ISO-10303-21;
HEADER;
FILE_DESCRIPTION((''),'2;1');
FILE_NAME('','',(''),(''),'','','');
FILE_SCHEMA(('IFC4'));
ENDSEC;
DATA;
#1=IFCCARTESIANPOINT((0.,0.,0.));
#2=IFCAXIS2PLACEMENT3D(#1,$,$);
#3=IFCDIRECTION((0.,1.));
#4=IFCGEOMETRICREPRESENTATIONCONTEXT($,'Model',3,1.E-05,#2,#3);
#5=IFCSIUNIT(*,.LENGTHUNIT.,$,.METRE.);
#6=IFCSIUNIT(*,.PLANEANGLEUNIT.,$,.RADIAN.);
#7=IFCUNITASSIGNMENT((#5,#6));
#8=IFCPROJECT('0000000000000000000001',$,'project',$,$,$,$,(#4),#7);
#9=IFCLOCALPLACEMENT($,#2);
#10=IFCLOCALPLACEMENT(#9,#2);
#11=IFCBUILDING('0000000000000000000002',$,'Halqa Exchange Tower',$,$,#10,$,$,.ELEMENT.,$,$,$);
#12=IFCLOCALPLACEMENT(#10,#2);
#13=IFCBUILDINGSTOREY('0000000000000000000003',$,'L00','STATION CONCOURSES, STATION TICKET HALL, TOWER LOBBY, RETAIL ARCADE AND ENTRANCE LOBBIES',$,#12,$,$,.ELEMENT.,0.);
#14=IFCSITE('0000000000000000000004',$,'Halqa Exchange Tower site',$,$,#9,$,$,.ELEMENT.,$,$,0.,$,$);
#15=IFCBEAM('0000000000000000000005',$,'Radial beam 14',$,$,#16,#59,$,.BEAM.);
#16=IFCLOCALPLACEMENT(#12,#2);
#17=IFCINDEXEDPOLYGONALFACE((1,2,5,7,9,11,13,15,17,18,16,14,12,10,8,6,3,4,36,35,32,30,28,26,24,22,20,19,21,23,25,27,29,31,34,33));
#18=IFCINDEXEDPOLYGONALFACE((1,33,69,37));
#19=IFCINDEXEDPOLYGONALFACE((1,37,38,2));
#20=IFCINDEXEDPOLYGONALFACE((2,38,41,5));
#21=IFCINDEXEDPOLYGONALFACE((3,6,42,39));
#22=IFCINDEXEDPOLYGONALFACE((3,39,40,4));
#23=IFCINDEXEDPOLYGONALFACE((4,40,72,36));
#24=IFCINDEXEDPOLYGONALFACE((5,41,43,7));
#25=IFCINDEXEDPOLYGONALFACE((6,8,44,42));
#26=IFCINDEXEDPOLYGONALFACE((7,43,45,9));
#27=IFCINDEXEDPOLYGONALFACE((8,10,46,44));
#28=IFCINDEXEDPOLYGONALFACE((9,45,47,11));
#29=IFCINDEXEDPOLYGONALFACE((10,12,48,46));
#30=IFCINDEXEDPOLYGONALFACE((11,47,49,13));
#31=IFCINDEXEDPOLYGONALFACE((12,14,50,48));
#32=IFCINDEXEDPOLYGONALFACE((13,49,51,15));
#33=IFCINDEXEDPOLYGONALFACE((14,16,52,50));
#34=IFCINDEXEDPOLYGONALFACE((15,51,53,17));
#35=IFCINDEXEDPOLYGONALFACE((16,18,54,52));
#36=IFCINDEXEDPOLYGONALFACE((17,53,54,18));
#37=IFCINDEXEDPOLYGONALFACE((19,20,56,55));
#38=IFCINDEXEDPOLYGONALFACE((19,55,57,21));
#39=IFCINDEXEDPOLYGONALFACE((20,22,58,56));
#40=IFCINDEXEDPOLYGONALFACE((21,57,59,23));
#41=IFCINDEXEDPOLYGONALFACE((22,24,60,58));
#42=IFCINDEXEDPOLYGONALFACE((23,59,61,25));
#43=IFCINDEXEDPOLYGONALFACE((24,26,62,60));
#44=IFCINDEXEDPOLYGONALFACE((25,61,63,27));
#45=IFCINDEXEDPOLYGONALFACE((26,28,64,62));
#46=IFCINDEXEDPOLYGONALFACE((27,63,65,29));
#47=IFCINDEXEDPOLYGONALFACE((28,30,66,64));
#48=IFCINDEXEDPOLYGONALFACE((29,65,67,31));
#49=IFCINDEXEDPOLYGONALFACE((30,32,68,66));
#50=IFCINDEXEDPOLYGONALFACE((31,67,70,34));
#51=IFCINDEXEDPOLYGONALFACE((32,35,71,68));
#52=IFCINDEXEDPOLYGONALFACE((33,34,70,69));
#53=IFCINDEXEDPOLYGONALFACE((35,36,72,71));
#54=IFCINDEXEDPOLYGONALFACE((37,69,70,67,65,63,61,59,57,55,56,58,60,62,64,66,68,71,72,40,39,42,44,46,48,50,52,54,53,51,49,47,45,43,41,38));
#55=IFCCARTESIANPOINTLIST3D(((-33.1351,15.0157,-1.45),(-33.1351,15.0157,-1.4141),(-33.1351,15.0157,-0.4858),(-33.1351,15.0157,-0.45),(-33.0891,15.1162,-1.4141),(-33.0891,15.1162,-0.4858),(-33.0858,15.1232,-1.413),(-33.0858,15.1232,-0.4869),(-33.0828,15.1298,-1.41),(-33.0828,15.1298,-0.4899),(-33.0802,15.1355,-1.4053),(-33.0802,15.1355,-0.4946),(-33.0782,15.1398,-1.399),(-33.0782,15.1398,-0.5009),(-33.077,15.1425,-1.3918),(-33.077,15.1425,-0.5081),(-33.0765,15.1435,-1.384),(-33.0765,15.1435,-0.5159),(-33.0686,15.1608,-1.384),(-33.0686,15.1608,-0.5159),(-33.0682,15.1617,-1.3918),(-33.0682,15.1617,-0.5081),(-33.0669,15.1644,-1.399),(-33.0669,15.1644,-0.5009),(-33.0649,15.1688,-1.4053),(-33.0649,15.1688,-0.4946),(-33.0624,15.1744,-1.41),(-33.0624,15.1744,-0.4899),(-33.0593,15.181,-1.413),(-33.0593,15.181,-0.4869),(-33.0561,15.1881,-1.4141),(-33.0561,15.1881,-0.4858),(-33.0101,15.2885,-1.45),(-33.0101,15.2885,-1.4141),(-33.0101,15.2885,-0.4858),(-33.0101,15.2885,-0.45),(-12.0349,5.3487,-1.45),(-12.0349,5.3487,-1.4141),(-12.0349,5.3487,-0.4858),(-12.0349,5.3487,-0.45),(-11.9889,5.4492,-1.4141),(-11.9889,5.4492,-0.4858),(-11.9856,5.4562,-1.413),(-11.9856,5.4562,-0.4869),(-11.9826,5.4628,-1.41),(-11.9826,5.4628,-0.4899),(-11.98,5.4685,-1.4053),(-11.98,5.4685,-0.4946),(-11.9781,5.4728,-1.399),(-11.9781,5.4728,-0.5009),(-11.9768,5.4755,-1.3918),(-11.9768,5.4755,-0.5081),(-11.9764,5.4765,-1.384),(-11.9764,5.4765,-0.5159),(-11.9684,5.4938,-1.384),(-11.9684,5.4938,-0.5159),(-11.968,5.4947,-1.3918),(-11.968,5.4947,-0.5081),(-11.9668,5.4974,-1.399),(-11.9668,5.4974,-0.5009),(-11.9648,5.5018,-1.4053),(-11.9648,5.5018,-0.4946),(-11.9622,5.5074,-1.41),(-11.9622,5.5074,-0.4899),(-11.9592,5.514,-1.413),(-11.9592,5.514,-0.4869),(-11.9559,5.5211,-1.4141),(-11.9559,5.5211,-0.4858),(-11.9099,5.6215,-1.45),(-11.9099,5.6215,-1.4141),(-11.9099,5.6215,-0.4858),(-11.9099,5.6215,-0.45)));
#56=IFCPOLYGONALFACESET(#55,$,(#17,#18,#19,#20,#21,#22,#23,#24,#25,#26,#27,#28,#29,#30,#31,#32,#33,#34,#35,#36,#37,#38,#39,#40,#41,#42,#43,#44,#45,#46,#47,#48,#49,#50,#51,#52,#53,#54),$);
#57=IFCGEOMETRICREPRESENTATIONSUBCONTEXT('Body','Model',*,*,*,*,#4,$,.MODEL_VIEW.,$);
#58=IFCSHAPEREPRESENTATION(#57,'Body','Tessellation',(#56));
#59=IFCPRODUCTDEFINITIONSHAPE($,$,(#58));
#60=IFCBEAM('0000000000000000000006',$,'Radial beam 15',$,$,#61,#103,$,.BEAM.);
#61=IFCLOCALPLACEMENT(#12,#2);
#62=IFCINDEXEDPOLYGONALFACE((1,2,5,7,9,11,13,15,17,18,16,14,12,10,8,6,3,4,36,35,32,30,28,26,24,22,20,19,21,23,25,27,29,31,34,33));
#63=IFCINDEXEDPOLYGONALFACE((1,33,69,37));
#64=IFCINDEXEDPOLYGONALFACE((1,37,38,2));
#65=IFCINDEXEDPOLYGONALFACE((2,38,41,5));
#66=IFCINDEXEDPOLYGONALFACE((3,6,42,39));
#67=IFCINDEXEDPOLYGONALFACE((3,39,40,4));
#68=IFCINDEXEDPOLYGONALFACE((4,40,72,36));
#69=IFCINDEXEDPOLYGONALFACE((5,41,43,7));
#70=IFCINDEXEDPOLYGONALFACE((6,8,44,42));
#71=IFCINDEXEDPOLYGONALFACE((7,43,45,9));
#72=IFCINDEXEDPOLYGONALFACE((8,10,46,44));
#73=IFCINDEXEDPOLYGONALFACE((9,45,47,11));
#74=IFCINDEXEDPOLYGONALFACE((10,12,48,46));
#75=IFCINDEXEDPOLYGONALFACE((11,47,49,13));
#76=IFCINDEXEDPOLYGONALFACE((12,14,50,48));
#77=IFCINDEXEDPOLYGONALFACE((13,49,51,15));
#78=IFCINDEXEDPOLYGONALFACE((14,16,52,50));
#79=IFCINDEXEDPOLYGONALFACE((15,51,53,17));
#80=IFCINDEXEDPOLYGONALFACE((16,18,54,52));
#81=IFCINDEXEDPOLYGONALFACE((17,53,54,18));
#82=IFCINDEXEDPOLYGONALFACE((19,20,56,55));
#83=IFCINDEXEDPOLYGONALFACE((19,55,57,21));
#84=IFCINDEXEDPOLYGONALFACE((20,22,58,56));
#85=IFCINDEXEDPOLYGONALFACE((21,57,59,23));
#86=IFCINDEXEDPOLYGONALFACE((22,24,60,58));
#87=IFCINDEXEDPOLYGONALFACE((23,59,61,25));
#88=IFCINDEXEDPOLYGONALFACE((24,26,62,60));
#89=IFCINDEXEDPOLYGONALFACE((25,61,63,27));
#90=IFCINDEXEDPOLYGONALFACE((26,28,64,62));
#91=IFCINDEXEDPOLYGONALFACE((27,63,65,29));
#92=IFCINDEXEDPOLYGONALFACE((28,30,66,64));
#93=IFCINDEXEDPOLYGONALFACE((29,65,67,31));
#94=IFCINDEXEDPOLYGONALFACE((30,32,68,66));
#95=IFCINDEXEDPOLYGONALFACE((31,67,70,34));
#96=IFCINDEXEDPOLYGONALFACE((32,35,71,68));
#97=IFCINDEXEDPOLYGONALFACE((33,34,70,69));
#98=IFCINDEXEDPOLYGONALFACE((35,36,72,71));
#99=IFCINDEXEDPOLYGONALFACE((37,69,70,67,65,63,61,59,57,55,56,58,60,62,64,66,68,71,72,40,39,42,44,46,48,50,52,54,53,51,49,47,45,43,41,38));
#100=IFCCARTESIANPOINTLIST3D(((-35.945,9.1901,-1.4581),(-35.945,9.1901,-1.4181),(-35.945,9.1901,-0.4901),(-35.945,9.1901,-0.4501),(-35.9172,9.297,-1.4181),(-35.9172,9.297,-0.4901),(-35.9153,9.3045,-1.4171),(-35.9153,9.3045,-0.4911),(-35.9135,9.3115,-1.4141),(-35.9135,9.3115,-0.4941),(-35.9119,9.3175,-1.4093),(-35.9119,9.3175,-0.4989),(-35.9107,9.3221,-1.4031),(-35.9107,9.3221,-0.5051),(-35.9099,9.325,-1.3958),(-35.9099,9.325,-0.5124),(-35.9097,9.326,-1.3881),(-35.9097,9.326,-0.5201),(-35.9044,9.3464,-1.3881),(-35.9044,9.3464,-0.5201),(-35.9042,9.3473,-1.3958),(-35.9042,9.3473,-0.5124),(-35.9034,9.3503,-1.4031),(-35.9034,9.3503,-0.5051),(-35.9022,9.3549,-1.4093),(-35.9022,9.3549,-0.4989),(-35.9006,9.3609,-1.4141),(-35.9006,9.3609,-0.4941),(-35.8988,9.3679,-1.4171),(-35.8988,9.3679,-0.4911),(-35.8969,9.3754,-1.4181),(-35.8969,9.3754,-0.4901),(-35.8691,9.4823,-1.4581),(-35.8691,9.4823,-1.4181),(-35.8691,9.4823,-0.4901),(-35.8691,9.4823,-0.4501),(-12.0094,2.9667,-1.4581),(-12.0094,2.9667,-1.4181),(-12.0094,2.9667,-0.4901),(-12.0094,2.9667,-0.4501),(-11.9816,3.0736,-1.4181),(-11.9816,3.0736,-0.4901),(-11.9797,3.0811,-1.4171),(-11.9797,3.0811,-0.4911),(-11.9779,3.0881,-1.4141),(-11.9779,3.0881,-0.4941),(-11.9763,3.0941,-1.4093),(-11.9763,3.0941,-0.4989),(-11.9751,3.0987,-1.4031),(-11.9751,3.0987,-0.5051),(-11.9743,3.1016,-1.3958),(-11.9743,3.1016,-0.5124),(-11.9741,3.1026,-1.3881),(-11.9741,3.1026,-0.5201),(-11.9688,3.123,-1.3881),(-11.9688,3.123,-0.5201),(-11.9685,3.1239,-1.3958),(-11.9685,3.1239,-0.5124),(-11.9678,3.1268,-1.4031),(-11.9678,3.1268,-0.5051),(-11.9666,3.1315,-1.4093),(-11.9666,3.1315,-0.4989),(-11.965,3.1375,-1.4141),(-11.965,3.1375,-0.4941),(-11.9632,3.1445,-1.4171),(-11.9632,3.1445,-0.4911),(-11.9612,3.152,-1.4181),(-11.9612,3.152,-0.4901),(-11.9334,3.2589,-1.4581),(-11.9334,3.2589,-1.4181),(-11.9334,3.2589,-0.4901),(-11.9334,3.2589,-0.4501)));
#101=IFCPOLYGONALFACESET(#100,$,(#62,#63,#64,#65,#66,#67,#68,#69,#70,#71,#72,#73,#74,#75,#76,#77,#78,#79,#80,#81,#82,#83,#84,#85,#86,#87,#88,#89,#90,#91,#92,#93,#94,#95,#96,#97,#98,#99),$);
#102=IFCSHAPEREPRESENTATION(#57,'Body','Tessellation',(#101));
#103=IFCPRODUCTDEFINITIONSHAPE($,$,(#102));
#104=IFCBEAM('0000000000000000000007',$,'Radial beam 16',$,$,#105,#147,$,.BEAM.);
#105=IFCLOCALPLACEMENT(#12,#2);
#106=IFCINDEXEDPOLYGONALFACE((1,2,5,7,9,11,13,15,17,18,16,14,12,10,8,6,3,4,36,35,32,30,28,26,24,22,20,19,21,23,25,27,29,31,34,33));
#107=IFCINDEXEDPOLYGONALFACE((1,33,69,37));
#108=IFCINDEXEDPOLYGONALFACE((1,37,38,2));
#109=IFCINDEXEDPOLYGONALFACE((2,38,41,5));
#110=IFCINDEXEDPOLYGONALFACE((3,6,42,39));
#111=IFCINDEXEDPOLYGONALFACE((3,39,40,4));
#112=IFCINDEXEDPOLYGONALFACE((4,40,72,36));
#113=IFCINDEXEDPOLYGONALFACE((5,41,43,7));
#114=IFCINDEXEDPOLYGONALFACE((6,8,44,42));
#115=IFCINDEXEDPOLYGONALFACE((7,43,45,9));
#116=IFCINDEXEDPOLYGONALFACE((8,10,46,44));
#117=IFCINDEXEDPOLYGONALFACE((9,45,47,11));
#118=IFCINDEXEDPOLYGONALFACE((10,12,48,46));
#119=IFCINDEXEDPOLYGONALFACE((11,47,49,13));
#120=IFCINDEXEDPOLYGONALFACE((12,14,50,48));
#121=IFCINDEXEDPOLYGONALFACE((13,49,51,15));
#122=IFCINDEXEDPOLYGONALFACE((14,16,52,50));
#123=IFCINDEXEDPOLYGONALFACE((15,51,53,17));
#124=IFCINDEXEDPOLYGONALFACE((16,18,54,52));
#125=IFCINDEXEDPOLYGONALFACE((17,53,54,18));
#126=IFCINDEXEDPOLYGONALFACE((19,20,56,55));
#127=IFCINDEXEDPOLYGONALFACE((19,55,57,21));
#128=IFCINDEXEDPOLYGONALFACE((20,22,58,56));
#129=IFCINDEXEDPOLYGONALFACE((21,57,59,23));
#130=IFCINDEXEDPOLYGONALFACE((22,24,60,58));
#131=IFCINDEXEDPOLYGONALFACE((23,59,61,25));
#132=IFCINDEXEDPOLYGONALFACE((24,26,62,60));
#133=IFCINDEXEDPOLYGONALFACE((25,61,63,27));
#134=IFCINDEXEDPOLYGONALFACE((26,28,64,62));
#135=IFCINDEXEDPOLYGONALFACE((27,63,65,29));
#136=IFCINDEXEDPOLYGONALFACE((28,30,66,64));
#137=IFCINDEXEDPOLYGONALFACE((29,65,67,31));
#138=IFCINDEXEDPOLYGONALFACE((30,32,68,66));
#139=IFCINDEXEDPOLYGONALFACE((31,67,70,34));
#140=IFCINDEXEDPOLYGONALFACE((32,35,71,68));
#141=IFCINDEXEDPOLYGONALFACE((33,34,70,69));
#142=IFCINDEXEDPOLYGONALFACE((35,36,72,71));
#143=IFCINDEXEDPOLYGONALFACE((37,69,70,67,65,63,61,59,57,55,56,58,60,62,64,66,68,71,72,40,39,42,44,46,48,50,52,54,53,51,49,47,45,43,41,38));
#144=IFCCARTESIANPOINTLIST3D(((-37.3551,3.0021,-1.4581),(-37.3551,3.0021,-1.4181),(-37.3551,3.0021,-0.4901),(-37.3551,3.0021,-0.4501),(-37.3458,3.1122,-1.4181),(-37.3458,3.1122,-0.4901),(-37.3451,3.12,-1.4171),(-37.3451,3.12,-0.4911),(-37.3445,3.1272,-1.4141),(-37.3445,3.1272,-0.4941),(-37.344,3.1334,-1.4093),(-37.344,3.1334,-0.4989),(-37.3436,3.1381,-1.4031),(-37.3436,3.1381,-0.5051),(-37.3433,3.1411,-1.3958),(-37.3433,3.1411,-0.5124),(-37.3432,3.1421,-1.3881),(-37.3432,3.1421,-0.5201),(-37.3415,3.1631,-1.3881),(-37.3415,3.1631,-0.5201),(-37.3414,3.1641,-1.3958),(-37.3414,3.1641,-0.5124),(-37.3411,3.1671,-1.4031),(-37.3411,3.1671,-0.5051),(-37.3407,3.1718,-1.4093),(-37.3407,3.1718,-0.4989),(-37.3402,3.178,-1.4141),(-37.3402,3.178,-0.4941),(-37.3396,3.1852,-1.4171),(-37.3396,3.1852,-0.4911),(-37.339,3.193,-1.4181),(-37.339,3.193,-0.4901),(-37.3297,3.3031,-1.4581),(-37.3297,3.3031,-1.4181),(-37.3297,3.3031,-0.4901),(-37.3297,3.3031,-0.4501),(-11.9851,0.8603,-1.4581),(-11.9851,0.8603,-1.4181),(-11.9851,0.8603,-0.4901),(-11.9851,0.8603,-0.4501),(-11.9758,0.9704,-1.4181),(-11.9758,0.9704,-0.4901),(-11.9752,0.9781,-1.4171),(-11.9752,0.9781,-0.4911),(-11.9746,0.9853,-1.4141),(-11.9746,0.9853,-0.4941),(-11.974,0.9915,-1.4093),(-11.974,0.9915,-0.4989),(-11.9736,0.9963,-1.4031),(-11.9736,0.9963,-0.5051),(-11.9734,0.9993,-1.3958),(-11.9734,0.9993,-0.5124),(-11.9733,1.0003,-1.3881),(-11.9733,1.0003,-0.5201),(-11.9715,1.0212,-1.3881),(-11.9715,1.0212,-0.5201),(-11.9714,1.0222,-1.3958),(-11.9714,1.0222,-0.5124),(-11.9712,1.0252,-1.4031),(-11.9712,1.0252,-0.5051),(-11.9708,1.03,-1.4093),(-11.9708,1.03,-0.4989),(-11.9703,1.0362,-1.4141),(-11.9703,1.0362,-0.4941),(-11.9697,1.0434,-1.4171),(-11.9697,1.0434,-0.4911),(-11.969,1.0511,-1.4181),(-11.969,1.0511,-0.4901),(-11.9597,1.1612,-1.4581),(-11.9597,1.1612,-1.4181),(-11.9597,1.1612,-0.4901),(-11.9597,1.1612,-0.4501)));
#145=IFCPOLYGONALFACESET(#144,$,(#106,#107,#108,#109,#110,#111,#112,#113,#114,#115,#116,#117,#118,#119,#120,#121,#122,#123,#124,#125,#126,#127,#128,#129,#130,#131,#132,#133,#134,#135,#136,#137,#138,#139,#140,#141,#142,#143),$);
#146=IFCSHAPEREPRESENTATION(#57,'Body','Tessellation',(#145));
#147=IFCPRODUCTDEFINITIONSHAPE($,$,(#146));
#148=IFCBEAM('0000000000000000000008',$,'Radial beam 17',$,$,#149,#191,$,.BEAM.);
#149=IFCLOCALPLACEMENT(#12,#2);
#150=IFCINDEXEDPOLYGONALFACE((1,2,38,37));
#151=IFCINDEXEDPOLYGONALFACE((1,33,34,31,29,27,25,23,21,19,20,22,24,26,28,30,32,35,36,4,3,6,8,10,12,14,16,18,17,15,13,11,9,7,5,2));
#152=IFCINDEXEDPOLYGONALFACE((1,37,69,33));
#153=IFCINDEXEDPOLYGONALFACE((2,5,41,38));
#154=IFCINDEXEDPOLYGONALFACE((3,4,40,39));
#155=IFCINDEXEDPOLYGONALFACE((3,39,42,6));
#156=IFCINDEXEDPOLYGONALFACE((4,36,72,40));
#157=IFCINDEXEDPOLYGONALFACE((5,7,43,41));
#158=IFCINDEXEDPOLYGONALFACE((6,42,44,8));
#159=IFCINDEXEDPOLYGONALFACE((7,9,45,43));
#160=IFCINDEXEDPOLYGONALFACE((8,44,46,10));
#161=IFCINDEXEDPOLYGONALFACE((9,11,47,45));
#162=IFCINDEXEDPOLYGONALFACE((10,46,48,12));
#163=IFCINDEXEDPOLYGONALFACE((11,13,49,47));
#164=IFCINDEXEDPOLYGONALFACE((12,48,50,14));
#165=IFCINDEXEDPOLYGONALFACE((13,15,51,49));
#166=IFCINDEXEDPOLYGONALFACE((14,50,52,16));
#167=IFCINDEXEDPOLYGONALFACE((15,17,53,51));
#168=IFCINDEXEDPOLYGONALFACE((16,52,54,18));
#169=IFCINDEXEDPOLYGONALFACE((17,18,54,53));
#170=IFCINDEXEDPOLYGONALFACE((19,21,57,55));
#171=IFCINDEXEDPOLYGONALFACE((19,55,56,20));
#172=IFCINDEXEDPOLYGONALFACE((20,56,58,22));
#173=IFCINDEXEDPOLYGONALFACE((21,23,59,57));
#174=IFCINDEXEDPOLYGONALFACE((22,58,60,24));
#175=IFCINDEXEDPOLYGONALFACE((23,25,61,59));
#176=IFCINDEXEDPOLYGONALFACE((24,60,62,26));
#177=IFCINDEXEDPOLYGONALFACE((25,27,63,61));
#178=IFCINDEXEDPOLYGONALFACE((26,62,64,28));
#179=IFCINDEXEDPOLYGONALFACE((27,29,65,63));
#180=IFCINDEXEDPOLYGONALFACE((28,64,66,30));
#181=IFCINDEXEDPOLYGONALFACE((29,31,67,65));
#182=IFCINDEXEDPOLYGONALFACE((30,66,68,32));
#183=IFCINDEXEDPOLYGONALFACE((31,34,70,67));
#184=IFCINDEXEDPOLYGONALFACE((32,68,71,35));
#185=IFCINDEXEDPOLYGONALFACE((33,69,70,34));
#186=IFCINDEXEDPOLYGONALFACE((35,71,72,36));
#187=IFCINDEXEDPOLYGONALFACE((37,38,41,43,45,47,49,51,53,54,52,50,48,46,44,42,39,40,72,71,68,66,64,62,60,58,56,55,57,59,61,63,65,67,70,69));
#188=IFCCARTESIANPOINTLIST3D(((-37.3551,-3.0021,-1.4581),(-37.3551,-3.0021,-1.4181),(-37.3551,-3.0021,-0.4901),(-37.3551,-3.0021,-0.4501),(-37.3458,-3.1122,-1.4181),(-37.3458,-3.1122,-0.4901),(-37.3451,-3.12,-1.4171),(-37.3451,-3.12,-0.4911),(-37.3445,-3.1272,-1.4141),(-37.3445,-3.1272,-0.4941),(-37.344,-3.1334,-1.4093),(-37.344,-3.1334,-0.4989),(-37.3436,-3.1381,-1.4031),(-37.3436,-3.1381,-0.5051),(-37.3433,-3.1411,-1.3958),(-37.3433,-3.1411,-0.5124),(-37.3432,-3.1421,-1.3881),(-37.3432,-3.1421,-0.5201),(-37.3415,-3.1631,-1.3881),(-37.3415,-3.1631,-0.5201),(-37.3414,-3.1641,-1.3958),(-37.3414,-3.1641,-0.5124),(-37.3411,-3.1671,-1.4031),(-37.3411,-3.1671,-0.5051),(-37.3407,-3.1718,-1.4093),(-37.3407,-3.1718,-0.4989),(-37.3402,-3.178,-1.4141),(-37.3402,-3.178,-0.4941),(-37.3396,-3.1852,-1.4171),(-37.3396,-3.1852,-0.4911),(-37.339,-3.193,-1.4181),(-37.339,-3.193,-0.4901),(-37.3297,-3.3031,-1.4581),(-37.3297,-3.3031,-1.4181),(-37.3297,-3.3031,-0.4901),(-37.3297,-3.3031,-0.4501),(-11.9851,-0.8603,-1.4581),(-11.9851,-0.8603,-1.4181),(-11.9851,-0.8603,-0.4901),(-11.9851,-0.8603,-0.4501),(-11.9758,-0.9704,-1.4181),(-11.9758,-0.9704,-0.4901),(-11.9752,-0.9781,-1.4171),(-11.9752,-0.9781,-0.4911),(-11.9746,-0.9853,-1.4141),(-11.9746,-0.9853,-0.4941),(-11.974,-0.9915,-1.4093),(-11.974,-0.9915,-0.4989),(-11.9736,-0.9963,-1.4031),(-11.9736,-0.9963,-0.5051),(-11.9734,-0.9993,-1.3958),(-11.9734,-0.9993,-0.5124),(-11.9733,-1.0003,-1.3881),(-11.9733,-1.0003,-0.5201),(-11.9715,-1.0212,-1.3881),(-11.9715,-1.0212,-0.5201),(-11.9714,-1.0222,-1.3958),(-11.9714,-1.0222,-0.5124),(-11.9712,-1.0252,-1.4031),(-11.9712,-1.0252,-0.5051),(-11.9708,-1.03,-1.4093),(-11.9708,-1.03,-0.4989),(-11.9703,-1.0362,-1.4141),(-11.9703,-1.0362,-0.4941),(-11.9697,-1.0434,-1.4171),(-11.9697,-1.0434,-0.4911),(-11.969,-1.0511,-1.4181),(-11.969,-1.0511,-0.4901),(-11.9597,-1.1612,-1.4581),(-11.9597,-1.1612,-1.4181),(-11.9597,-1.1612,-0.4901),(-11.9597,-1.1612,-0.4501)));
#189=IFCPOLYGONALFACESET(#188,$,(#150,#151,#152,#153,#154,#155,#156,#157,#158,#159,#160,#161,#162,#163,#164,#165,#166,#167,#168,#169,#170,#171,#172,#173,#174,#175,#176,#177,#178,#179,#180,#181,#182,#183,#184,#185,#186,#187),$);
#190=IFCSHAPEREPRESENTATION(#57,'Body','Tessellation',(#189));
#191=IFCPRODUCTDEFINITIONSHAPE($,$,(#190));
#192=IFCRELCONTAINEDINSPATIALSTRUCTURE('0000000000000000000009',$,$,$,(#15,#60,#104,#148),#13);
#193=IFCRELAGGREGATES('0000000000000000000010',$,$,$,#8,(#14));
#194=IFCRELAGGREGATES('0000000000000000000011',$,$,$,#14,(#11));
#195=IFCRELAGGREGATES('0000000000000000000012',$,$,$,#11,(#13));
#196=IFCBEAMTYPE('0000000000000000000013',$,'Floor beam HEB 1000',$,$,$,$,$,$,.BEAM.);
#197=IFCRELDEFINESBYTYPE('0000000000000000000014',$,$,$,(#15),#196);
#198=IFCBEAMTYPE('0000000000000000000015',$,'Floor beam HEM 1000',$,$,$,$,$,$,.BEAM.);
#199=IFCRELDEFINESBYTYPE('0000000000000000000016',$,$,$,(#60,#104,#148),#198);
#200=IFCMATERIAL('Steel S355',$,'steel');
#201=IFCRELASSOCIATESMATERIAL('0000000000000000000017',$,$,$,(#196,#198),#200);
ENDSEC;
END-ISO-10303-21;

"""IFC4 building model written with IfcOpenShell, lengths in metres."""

from ifc_helpers import new_model, si_unit, direction, frame, origin, origin_2d, place, context, subcontext, project, spatial, i_section, extrude, material, material_profile, profile_set, type_object, element, save


model = new_model("IFC4")

# Units and contexts
model_context = context("Model", 3, precision=1e-05, world=origin(), true_north=direction((0.0, 1.0)))
body_context = subcontext(model_context, "Body", "Model", "MODEL_VIEW")
ifc_project = project(units=[si_unit("LENGTHUNIT", "METRE"), si_unit("PLANEANGLEUNIT", "RADIAN")], contexts=[model_context])

# Site, building, storey
site_placement = place(None, origin())
site = spatial("IfcSite", under=ifc_project, at=site_placement, Name="Halqa Exchange Tower site", CompositionType="ELEMENT", RefElevation=0.0)
building_placement = place(site_placement, origin())
building = spatial("IfcBuilding", under=site, at=building_placement, Name="Halqa Exchange Tower", CompositionType="ELEMENT")
storey_placement = place(building_placement, origin())
storey = spatial("IfcBuildingStorey", under=building, at=storey_placement, Name="L00", Description="STATION CONCOURSES, STATION TICKET HALL, TOWER LOBBY, RETAIL ARCADE AND ENTRANCE LOBBIES", CompositionType="ELEMENT", Elevation=0.0)

# Beams
ifc_material_1 = material(Name="Steel S355", Category="steel")
ifc_material_profile_1 = material_profile(ifc_material_1, i_section(OverallWidth=0.3, OverallDepth=1.0, WebThickness=0.019, FlangeThickness=0.0359, FilletRadius=0.03, at=origin_2d()), Name="HEB 1000")
ifc_profile_set_1 = profile_set([ifc_material_profile_1], Name="Steel S355")
beam_type_1 = type_object("IfcBeamType", Name="Floor beam HEB 1000", PredefinedType="BEAM", material=ifc_profile_set_1)
beam_1_placement = place(storey_placement, frame((-11.9724, 5.4851, -0.95), z_axis=(-0.909128, 0.416516, 0.0), x_axis=(-0.416516, -0.909128, 0.0)))
element("IfcBeam", 1, at=beam_1_placement, inside=storey, type_object=beam_type_1, Name="Radial beam 14", PredefinedType="BEAM", context=body_context, shape_type="SweptSolid", body=[
    extrude(i_section(OverallWidth=0.3, OverallDepth=1.0, WebThickness=0.019, FlangeThickness=0.0359, FilletRadius=0.03, at=origin_2d()), origin(), (0.0, 0.0, 1.0), 23.2092),
])
ifc_material_profile_2 = material_profile(ifc_material_1, i_section(OverallWidth=0.302, OverallDepth=1.0081, WebThickness=0.021, FlangeThickness=0.04, FilletRadius=0.03, at=origin_2d()), Name="HEM 1000")
ifc_profile_set_2 = profile_set([ifc_material_profile_2], Name="Steel S355")
beam_type_2 = type_object("IfcBeamType", Name="Floor beam HEM 1000", PredefinedType="BEAM", material=ifc_profile_set_2)
beam_2_placement = place(storey_placement, frame((-11.9714, 3.1128, -0.9541), z_axis=(-0.967821, 0.251639, 0.0), x_axis=(-0.251639, -0.967821, 0.0)))
element("IfcBeam", 2, at=beam_2_placement, inside=storey, type_object=beam_type_2, Name="Radial beam 15", PredefinedType="BEAM", context=body_context, shape_type="SweptSolid", body=[
    extrude(i_section(OverallWidth=0.302, OverallDepth=1.0081, WebThickness=0.021, FlangeThickness=0.04, FilletRadius=0.03, at=origin_2d()), origin(), (0.0, 0.0, 1.0), 24.7314),
])
for number, where, z_axis, x_axis, name in (
    (3, (-11.9724, 1.0107, -0.9541), (-0.996455, 0.084125, 0.0), (-0.084125, -0.996455, 0.0), "Radial beam 16"),
    (4, (-11.9724, -1.0107, -0.9541), (-0.996455, -0.084125, 0.0), (0.084125, -0.996455, 0.0), "Radial beam 17"),
):
    element("IfcBeam", number, at=place(storey_placement, frame(where, z_axis=z_axis, x_axis=x_axis)), inside=storey, type_object=beam_type_2, Name=name, PredefinedType="BEAM", context=body_context, shape_type="SweptSolid", body=[
        extrude(i_section(OverallWidth=0.302, OverallDepth=1.0081, WebThickness=0.021, FlangeThickness=0.04, FilletRadius=0.03, at=origin_2d()), origin(), (0.0, 0.0, 1.0), 25.4602),
    ])

save(model, "model.ifc")
